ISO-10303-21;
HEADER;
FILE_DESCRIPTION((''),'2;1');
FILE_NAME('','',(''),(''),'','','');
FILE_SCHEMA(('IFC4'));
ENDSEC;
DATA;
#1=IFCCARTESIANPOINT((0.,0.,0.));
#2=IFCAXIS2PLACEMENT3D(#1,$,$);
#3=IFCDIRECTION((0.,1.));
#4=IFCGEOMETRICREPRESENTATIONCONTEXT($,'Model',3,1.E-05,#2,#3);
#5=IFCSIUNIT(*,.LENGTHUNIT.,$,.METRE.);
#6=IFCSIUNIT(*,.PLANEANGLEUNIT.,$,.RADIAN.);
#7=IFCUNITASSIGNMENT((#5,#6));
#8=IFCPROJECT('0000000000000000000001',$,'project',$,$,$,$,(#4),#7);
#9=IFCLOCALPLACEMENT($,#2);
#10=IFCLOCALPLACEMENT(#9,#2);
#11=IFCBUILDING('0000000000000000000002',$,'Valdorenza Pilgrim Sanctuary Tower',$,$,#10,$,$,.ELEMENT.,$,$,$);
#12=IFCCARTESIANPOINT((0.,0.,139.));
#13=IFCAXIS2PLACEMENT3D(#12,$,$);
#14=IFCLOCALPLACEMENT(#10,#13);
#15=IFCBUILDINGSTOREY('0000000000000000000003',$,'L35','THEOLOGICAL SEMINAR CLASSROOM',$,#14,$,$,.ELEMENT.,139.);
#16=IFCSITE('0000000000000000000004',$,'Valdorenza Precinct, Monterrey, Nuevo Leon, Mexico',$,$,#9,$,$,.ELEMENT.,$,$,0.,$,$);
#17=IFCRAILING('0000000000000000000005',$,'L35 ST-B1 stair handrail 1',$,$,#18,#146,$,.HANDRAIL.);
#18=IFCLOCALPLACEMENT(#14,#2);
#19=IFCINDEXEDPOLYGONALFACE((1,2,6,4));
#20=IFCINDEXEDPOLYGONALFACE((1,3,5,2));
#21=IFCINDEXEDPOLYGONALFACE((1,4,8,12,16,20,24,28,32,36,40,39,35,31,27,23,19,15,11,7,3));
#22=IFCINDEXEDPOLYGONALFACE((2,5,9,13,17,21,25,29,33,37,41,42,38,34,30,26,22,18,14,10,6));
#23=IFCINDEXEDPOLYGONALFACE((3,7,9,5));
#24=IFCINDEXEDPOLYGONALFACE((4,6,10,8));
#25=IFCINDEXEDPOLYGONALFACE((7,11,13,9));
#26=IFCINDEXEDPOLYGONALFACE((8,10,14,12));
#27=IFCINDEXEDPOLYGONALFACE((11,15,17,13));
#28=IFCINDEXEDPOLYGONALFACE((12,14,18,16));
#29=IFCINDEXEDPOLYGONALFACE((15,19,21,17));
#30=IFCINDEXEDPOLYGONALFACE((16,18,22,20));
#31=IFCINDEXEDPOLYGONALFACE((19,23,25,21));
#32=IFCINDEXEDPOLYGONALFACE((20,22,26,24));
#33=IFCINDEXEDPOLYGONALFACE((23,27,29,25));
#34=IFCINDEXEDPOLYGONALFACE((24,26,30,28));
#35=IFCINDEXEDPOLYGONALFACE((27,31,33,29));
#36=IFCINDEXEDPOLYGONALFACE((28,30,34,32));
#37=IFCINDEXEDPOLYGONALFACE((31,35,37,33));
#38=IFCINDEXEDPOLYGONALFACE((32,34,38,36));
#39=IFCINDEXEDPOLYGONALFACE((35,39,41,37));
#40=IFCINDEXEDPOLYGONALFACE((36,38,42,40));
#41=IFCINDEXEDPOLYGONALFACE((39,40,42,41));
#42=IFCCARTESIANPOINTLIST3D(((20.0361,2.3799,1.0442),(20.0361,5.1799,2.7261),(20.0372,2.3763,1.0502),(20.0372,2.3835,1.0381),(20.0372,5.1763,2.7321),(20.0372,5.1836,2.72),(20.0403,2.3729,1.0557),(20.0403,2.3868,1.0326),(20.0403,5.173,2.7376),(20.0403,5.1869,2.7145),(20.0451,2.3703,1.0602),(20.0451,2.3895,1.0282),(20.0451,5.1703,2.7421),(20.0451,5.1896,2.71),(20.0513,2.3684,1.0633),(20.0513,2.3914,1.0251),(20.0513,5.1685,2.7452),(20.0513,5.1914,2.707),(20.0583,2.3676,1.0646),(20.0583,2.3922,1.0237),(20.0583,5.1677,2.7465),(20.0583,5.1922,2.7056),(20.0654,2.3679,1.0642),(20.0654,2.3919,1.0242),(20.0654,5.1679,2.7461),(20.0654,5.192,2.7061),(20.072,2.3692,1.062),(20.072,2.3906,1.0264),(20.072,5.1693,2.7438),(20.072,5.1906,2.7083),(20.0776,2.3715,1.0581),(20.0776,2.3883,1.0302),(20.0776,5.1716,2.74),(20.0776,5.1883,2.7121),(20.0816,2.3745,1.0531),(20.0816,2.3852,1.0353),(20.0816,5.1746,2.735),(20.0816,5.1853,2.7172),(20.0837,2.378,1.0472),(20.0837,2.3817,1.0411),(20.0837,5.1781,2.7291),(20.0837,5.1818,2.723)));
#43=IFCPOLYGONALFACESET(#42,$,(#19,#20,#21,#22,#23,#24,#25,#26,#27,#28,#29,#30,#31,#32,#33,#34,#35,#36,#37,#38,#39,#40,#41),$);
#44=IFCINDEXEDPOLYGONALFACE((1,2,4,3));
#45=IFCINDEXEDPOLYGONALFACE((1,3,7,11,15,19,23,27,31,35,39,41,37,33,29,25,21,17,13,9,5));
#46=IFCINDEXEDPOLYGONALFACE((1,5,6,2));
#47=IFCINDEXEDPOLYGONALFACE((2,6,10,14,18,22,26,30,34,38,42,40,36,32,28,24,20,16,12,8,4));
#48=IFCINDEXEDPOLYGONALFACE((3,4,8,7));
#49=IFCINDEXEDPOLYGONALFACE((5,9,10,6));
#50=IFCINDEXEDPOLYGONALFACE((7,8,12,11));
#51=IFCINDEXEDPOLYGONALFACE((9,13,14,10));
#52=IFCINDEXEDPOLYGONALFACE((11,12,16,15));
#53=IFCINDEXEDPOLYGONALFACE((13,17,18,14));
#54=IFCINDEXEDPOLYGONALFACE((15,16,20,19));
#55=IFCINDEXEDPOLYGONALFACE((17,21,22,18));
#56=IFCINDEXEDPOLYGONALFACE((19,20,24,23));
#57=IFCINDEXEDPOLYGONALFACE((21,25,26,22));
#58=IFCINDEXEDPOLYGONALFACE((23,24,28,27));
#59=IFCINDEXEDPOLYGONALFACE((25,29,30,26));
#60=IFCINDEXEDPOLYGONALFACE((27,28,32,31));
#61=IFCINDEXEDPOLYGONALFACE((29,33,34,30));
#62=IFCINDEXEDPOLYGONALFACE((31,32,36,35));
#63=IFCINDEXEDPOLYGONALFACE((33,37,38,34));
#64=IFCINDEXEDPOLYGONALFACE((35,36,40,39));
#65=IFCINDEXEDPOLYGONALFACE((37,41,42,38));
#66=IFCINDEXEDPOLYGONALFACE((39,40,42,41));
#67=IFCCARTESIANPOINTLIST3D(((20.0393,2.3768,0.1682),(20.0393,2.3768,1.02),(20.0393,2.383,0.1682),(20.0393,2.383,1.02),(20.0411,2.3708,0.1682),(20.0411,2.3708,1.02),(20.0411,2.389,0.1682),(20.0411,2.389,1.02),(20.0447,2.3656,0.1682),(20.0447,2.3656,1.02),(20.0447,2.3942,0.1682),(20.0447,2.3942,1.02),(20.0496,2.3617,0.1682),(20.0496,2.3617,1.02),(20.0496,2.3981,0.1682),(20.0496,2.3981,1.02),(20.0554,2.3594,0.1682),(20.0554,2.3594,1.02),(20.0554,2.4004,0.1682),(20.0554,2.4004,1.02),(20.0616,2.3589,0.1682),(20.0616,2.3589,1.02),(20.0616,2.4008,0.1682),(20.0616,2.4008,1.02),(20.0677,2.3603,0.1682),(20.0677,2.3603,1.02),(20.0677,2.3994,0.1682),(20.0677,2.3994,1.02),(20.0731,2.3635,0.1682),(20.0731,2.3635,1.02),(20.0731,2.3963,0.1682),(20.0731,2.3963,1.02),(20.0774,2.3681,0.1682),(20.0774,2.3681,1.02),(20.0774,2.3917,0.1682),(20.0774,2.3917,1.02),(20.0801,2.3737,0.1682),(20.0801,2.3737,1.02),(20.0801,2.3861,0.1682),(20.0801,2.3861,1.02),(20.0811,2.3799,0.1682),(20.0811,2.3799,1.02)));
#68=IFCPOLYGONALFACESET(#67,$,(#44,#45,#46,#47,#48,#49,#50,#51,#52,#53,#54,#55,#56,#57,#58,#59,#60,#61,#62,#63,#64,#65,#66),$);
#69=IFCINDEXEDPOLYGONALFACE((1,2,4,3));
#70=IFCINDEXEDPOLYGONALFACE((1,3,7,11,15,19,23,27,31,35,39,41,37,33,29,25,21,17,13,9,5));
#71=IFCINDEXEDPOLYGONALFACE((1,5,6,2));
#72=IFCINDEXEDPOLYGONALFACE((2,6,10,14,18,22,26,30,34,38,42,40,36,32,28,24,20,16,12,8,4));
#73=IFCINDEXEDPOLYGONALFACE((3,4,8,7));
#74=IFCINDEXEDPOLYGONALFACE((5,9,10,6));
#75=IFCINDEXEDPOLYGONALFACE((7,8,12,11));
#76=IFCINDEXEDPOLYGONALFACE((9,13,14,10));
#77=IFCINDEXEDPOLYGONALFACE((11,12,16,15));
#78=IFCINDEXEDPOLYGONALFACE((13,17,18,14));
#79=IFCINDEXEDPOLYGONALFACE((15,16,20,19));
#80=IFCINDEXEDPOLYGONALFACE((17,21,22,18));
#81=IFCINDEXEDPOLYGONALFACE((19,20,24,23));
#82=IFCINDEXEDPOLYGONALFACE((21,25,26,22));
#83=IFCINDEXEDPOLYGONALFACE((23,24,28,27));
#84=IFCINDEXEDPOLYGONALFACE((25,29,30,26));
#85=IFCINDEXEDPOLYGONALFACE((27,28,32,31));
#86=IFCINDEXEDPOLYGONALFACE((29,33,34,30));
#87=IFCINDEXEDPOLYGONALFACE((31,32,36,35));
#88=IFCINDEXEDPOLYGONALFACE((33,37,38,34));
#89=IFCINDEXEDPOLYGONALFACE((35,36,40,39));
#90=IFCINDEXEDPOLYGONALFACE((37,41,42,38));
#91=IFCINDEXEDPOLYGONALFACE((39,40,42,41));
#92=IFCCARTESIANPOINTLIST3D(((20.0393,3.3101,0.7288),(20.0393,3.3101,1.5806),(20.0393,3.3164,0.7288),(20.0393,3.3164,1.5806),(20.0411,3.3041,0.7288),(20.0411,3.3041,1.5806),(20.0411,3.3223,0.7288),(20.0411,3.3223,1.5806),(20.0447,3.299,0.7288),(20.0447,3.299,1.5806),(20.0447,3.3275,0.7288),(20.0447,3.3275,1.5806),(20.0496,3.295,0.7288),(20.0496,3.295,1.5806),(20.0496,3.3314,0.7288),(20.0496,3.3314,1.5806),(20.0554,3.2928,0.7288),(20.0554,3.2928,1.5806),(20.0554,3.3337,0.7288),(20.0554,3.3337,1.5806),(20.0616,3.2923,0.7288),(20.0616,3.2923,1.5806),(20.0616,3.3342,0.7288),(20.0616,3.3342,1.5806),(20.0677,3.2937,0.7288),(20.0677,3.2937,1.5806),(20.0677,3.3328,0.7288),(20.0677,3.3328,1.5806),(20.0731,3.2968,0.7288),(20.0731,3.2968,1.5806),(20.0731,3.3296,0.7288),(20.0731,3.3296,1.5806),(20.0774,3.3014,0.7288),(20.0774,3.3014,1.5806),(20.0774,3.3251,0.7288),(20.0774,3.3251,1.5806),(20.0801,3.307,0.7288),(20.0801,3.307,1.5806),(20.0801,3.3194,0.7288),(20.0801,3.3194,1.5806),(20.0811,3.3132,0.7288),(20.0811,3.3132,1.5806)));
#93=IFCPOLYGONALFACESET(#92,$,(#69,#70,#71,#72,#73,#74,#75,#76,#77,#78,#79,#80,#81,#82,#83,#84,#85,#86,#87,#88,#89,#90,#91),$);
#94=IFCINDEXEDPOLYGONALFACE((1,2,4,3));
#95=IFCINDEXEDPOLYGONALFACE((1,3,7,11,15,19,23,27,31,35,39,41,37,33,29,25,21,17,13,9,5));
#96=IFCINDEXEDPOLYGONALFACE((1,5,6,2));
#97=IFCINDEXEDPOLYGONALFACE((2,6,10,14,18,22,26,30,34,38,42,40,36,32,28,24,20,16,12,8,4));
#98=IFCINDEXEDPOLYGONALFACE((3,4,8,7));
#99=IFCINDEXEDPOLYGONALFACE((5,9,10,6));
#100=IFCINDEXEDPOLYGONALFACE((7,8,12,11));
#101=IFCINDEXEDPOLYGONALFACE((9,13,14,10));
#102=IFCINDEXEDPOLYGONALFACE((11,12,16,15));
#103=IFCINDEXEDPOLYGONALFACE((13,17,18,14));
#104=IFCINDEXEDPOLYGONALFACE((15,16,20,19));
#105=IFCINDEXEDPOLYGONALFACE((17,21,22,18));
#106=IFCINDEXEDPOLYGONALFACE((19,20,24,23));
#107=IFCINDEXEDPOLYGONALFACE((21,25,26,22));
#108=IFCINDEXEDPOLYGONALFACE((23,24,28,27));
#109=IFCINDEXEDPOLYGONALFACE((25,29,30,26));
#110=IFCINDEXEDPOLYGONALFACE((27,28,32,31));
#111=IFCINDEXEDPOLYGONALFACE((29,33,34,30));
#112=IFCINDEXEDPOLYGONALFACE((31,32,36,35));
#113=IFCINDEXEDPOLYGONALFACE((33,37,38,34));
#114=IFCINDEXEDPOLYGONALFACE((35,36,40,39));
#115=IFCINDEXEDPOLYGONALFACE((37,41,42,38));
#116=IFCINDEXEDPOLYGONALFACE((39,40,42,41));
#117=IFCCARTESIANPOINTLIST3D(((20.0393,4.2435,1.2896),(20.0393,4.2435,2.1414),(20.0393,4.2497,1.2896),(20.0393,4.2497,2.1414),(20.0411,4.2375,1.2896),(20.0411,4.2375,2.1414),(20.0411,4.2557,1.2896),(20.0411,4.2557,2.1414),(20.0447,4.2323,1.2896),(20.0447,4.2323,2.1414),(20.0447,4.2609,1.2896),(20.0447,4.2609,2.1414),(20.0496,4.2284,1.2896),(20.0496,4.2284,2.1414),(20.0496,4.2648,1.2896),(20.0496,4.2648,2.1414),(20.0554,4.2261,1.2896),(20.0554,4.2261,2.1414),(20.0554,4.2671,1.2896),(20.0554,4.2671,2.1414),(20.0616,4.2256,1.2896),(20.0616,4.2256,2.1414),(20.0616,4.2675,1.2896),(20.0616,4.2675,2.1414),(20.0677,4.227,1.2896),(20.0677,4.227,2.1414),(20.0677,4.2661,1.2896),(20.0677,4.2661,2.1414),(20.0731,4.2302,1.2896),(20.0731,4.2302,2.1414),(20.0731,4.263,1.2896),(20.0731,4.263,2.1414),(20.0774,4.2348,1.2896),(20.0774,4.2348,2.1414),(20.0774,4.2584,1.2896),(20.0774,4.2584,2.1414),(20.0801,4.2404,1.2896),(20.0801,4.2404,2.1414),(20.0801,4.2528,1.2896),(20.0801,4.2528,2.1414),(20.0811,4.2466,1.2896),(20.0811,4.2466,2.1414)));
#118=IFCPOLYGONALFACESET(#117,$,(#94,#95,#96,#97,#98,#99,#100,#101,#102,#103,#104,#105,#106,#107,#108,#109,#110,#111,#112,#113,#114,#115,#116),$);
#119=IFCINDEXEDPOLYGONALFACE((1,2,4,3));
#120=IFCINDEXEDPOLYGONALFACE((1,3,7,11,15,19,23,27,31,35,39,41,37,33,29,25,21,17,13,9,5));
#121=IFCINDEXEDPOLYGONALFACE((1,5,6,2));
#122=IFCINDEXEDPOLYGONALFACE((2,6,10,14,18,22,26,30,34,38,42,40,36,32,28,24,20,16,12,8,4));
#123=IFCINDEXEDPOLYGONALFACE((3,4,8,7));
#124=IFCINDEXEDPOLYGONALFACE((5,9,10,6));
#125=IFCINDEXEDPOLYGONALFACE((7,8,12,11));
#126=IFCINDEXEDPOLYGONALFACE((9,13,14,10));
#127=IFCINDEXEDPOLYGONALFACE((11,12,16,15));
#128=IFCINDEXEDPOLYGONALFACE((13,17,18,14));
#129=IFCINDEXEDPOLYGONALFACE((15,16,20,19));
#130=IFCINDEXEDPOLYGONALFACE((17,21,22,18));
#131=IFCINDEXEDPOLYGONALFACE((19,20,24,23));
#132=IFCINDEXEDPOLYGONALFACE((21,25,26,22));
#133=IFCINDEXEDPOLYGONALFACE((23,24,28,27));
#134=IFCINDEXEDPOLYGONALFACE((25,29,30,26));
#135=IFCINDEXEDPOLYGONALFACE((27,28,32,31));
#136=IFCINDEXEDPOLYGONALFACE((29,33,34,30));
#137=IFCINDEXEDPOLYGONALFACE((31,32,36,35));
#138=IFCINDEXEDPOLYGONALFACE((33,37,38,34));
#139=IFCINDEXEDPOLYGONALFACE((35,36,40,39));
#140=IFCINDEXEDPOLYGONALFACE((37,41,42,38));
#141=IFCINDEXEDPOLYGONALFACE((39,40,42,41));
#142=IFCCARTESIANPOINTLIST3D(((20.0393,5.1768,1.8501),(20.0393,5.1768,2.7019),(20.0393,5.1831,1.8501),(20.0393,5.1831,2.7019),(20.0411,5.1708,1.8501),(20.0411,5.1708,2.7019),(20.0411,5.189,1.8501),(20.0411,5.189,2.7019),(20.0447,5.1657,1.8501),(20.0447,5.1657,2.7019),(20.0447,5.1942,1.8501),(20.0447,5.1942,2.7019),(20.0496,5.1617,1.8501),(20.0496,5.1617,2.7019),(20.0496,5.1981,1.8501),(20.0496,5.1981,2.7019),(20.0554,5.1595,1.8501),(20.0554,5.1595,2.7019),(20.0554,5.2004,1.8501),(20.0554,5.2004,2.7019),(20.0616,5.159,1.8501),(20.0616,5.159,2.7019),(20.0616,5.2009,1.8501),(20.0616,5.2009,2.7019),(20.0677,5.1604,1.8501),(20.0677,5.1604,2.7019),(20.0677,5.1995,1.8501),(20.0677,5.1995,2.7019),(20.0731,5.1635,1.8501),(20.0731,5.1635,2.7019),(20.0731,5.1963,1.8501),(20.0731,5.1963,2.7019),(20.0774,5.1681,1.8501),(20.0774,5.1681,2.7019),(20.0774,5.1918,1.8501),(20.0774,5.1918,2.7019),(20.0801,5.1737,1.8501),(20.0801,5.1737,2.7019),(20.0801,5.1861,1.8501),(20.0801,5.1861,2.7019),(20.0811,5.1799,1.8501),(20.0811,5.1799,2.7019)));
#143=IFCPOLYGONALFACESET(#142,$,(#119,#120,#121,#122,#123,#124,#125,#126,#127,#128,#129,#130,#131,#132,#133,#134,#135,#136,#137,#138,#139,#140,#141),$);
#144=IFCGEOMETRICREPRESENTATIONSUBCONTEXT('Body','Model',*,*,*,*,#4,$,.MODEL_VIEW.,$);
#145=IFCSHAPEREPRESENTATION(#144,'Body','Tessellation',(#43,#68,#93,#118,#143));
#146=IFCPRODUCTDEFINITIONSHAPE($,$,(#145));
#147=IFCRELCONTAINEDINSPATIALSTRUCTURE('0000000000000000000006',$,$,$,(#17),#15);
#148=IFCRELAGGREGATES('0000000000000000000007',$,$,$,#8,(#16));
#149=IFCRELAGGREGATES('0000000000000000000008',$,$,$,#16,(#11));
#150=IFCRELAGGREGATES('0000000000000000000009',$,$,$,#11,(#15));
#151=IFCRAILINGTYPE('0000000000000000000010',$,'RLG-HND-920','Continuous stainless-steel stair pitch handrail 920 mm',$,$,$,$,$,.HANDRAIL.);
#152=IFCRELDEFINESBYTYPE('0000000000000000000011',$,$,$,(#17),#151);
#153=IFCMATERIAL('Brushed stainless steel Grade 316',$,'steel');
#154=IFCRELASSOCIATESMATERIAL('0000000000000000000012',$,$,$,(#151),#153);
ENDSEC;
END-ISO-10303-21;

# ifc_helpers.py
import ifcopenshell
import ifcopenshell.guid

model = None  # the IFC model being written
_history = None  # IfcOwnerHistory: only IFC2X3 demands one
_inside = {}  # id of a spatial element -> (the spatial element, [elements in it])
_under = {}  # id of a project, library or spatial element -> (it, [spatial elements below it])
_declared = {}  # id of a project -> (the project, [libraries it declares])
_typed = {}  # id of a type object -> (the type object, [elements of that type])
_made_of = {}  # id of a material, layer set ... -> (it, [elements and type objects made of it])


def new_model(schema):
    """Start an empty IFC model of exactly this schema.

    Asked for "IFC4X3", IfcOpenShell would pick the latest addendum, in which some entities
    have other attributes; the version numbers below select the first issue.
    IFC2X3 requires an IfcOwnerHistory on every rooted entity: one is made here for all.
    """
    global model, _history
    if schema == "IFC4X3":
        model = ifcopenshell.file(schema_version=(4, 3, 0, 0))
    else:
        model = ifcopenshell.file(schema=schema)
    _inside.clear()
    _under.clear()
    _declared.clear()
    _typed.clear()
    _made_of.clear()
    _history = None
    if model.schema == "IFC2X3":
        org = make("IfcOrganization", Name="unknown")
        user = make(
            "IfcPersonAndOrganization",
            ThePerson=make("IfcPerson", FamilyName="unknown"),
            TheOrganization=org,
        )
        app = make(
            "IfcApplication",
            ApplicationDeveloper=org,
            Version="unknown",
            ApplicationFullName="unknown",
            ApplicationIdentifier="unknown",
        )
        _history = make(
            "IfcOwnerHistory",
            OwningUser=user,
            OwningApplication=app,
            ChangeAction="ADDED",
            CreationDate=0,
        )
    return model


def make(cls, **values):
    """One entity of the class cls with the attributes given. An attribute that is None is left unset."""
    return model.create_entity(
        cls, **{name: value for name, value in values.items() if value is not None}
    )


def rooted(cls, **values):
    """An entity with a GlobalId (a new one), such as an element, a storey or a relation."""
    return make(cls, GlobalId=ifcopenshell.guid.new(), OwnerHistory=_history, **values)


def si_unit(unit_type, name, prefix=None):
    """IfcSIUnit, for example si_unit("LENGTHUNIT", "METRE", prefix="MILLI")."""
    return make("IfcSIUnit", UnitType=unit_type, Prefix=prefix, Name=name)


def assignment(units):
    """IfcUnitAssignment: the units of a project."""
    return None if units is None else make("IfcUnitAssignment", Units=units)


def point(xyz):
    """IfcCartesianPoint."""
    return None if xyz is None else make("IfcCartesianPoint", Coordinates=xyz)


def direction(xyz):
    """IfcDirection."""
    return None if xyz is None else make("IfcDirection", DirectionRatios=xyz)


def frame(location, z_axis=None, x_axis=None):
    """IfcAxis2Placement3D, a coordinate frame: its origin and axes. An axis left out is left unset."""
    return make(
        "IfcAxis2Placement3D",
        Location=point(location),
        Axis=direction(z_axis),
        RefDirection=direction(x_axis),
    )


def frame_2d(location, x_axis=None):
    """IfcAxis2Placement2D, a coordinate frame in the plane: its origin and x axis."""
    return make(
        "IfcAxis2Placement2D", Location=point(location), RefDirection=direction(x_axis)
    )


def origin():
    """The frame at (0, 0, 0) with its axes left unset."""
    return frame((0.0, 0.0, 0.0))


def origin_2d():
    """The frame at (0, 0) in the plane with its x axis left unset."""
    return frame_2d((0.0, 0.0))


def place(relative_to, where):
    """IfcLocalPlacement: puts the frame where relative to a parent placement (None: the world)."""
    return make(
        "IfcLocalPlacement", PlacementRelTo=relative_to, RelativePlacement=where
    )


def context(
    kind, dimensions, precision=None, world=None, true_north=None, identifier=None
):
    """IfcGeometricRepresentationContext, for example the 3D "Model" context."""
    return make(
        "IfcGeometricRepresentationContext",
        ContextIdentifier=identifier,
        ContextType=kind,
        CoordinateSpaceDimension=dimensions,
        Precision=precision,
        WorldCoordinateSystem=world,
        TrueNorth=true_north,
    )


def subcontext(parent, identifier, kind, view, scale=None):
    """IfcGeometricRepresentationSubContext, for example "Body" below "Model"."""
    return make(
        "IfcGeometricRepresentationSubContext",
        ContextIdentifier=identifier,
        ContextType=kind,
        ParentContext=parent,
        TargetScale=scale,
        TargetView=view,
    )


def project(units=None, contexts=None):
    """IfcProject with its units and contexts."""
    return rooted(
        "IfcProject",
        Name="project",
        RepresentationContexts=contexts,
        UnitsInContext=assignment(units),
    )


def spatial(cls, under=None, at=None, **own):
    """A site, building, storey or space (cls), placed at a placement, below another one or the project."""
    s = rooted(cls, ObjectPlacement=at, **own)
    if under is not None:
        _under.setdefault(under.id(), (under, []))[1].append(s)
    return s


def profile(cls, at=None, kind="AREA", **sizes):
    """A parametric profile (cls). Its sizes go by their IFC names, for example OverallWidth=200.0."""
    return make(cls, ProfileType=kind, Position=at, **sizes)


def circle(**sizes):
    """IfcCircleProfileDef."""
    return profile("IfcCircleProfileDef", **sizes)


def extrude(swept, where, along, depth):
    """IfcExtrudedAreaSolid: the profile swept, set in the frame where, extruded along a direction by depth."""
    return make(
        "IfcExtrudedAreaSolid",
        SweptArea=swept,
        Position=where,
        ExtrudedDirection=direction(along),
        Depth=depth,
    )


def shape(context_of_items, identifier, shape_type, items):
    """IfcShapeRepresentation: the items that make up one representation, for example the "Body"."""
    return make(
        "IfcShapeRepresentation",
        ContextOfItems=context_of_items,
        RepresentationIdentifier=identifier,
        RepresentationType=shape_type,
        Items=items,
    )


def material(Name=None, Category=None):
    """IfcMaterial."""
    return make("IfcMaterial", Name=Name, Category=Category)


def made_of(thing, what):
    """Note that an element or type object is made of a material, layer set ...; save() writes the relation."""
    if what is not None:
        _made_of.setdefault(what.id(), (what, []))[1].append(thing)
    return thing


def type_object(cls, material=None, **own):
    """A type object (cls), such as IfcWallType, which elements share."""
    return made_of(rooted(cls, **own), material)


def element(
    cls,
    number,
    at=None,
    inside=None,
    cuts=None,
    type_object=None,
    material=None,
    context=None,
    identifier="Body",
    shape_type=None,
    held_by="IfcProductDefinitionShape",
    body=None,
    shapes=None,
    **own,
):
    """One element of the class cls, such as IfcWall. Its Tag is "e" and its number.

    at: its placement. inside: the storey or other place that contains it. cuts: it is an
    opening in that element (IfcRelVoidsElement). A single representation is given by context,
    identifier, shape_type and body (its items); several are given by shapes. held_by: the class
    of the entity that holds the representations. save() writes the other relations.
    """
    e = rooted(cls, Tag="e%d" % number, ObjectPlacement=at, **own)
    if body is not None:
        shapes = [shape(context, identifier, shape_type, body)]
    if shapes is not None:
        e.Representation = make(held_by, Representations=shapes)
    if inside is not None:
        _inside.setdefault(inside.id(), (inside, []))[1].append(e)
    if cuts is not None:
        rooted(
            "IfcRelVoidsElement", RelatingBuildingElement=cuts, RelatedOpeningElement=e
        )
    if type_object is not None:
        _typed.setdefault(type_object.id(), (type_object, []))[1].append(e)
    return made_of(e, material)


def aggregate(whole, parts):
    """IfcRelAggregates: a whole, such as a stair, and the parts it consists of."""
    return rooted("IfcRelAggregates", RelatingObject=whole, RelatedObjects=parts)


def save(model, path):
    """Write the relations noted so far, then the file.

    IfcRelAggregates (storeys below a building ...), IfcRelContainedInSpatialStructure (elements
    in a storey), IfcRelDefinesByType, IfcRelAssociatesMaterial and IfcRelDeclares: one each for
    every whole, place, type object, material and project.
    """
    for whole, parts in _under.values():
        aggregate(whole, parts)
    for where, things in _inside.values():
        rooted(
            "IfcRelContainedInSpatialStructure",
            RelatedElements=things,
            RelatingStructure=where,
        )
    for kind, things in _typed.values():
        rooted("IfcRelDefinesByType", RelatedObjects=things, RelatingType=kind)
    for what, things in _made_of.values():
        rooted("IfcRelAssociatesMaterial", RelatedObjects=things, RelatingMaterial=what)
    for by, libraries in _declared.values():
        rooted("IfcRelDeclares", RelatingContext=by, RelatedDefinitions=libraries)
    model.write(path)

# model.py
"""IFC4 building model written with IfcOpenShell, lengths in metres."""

from ifc_helpers import new_model, si_unit, direction, frame, origin, origin_2d, place, context, subcontext, project, spatial, circle, extrude, material, type_object, element, save


model = new_model("IFC4")

# Units and contexts
model_context = context("Model", 3, precision=1e-05, world=origin(), true_north=direction((0.0, 1.0)))
body_context = subcontext(model_context, "Body", "Model", "MODEL_VIEW")
ifc_project = project(units=[si_unit("LENGTHUNIT", "METRE"), si_unit("PLANEANGLEUNIT", "RADIAN")], contexts=[model_context])

# Site, building, storey
site_placement = place(None, origin())
site = spatial("IfcSite", under=ifc_project, at=site_placement, Name="Valdorenza Precinct, Monterrey, Nuevo Leon, Mexico", CompositionType="ELEMENT", RefElevation=0.0)
building_placement = place(site_placement, origin())
building = spatial("IfcBuilding", under=site, at=building_placement, Name="Valdorenza Pilgrim Sanctuary Tower", CompositionType="ELEMENT")
storey_placement = place(building_placement, frame((0.0, 0.0, 139.0)))
storey = spatial("IfcBuildingStorey", under=building, at=storey_placement, Name="L35", Description="THEOLOGICAL SEMINAR CLASSROOM", CompositionType="ELEMENT", Elevation=139.0)

# Shared definitions
ifc_material_1 = material(Name="Brushed stainless steel Grade 316", Category="steel")

# Railing
railing_type_1 = type_object("IfcRailingType", Name="RLG-HND-920", Description="Continuous stainless-steel stair pitch handrail 920 mm", PredefinedType="HANDRAIL", material=ifc_material_1)
railing_1_placement = place(storey_placement, frame((20.0601, 2.3799, 0.1682)))
element("IfcRailing", 1, at=railing_1_placement, inside=storey, type_object=railing_type_1, Name="L35 ST-B1 stair handrail 1", PredefinedType="HANDRAIL", context=body_context, shape_type="SweptSolid", body=[
    extrude(circle(Radius=0.0239, at=origin_2d()), frame((0.0, 0.0, 0.876), z_axis=(0.0, 0.857242, 0.514913), x_axis=(-1.0, 0.0, 0.0)), (0.0, 0.0, 1.0), 3.2664),
    extrude(circle(Radius=0.021, at=origin_2d()), origin(), (0.0, 0.0, 1.0), 0.8518),
    extrude(circle(Radius=0.021, at=origin_2d()), frame((0.0, 0.9333, 0.5605)), (0.0, 0.0, 1.0), 0.8518),
    extrude(circle(Radius=0.021, at=origin_2d()), frame((0.0, 1.8667, 1.1213)), (0.0, 0.0, 1.0), 0.8518),
    extrude(circle(Radius=0.021, at=origin_2d()), frame((0.0, 2.8, 1.6819)), (0.0, 0.0, 1.0), 0.8518),
])

save(model, "model.ifc")
